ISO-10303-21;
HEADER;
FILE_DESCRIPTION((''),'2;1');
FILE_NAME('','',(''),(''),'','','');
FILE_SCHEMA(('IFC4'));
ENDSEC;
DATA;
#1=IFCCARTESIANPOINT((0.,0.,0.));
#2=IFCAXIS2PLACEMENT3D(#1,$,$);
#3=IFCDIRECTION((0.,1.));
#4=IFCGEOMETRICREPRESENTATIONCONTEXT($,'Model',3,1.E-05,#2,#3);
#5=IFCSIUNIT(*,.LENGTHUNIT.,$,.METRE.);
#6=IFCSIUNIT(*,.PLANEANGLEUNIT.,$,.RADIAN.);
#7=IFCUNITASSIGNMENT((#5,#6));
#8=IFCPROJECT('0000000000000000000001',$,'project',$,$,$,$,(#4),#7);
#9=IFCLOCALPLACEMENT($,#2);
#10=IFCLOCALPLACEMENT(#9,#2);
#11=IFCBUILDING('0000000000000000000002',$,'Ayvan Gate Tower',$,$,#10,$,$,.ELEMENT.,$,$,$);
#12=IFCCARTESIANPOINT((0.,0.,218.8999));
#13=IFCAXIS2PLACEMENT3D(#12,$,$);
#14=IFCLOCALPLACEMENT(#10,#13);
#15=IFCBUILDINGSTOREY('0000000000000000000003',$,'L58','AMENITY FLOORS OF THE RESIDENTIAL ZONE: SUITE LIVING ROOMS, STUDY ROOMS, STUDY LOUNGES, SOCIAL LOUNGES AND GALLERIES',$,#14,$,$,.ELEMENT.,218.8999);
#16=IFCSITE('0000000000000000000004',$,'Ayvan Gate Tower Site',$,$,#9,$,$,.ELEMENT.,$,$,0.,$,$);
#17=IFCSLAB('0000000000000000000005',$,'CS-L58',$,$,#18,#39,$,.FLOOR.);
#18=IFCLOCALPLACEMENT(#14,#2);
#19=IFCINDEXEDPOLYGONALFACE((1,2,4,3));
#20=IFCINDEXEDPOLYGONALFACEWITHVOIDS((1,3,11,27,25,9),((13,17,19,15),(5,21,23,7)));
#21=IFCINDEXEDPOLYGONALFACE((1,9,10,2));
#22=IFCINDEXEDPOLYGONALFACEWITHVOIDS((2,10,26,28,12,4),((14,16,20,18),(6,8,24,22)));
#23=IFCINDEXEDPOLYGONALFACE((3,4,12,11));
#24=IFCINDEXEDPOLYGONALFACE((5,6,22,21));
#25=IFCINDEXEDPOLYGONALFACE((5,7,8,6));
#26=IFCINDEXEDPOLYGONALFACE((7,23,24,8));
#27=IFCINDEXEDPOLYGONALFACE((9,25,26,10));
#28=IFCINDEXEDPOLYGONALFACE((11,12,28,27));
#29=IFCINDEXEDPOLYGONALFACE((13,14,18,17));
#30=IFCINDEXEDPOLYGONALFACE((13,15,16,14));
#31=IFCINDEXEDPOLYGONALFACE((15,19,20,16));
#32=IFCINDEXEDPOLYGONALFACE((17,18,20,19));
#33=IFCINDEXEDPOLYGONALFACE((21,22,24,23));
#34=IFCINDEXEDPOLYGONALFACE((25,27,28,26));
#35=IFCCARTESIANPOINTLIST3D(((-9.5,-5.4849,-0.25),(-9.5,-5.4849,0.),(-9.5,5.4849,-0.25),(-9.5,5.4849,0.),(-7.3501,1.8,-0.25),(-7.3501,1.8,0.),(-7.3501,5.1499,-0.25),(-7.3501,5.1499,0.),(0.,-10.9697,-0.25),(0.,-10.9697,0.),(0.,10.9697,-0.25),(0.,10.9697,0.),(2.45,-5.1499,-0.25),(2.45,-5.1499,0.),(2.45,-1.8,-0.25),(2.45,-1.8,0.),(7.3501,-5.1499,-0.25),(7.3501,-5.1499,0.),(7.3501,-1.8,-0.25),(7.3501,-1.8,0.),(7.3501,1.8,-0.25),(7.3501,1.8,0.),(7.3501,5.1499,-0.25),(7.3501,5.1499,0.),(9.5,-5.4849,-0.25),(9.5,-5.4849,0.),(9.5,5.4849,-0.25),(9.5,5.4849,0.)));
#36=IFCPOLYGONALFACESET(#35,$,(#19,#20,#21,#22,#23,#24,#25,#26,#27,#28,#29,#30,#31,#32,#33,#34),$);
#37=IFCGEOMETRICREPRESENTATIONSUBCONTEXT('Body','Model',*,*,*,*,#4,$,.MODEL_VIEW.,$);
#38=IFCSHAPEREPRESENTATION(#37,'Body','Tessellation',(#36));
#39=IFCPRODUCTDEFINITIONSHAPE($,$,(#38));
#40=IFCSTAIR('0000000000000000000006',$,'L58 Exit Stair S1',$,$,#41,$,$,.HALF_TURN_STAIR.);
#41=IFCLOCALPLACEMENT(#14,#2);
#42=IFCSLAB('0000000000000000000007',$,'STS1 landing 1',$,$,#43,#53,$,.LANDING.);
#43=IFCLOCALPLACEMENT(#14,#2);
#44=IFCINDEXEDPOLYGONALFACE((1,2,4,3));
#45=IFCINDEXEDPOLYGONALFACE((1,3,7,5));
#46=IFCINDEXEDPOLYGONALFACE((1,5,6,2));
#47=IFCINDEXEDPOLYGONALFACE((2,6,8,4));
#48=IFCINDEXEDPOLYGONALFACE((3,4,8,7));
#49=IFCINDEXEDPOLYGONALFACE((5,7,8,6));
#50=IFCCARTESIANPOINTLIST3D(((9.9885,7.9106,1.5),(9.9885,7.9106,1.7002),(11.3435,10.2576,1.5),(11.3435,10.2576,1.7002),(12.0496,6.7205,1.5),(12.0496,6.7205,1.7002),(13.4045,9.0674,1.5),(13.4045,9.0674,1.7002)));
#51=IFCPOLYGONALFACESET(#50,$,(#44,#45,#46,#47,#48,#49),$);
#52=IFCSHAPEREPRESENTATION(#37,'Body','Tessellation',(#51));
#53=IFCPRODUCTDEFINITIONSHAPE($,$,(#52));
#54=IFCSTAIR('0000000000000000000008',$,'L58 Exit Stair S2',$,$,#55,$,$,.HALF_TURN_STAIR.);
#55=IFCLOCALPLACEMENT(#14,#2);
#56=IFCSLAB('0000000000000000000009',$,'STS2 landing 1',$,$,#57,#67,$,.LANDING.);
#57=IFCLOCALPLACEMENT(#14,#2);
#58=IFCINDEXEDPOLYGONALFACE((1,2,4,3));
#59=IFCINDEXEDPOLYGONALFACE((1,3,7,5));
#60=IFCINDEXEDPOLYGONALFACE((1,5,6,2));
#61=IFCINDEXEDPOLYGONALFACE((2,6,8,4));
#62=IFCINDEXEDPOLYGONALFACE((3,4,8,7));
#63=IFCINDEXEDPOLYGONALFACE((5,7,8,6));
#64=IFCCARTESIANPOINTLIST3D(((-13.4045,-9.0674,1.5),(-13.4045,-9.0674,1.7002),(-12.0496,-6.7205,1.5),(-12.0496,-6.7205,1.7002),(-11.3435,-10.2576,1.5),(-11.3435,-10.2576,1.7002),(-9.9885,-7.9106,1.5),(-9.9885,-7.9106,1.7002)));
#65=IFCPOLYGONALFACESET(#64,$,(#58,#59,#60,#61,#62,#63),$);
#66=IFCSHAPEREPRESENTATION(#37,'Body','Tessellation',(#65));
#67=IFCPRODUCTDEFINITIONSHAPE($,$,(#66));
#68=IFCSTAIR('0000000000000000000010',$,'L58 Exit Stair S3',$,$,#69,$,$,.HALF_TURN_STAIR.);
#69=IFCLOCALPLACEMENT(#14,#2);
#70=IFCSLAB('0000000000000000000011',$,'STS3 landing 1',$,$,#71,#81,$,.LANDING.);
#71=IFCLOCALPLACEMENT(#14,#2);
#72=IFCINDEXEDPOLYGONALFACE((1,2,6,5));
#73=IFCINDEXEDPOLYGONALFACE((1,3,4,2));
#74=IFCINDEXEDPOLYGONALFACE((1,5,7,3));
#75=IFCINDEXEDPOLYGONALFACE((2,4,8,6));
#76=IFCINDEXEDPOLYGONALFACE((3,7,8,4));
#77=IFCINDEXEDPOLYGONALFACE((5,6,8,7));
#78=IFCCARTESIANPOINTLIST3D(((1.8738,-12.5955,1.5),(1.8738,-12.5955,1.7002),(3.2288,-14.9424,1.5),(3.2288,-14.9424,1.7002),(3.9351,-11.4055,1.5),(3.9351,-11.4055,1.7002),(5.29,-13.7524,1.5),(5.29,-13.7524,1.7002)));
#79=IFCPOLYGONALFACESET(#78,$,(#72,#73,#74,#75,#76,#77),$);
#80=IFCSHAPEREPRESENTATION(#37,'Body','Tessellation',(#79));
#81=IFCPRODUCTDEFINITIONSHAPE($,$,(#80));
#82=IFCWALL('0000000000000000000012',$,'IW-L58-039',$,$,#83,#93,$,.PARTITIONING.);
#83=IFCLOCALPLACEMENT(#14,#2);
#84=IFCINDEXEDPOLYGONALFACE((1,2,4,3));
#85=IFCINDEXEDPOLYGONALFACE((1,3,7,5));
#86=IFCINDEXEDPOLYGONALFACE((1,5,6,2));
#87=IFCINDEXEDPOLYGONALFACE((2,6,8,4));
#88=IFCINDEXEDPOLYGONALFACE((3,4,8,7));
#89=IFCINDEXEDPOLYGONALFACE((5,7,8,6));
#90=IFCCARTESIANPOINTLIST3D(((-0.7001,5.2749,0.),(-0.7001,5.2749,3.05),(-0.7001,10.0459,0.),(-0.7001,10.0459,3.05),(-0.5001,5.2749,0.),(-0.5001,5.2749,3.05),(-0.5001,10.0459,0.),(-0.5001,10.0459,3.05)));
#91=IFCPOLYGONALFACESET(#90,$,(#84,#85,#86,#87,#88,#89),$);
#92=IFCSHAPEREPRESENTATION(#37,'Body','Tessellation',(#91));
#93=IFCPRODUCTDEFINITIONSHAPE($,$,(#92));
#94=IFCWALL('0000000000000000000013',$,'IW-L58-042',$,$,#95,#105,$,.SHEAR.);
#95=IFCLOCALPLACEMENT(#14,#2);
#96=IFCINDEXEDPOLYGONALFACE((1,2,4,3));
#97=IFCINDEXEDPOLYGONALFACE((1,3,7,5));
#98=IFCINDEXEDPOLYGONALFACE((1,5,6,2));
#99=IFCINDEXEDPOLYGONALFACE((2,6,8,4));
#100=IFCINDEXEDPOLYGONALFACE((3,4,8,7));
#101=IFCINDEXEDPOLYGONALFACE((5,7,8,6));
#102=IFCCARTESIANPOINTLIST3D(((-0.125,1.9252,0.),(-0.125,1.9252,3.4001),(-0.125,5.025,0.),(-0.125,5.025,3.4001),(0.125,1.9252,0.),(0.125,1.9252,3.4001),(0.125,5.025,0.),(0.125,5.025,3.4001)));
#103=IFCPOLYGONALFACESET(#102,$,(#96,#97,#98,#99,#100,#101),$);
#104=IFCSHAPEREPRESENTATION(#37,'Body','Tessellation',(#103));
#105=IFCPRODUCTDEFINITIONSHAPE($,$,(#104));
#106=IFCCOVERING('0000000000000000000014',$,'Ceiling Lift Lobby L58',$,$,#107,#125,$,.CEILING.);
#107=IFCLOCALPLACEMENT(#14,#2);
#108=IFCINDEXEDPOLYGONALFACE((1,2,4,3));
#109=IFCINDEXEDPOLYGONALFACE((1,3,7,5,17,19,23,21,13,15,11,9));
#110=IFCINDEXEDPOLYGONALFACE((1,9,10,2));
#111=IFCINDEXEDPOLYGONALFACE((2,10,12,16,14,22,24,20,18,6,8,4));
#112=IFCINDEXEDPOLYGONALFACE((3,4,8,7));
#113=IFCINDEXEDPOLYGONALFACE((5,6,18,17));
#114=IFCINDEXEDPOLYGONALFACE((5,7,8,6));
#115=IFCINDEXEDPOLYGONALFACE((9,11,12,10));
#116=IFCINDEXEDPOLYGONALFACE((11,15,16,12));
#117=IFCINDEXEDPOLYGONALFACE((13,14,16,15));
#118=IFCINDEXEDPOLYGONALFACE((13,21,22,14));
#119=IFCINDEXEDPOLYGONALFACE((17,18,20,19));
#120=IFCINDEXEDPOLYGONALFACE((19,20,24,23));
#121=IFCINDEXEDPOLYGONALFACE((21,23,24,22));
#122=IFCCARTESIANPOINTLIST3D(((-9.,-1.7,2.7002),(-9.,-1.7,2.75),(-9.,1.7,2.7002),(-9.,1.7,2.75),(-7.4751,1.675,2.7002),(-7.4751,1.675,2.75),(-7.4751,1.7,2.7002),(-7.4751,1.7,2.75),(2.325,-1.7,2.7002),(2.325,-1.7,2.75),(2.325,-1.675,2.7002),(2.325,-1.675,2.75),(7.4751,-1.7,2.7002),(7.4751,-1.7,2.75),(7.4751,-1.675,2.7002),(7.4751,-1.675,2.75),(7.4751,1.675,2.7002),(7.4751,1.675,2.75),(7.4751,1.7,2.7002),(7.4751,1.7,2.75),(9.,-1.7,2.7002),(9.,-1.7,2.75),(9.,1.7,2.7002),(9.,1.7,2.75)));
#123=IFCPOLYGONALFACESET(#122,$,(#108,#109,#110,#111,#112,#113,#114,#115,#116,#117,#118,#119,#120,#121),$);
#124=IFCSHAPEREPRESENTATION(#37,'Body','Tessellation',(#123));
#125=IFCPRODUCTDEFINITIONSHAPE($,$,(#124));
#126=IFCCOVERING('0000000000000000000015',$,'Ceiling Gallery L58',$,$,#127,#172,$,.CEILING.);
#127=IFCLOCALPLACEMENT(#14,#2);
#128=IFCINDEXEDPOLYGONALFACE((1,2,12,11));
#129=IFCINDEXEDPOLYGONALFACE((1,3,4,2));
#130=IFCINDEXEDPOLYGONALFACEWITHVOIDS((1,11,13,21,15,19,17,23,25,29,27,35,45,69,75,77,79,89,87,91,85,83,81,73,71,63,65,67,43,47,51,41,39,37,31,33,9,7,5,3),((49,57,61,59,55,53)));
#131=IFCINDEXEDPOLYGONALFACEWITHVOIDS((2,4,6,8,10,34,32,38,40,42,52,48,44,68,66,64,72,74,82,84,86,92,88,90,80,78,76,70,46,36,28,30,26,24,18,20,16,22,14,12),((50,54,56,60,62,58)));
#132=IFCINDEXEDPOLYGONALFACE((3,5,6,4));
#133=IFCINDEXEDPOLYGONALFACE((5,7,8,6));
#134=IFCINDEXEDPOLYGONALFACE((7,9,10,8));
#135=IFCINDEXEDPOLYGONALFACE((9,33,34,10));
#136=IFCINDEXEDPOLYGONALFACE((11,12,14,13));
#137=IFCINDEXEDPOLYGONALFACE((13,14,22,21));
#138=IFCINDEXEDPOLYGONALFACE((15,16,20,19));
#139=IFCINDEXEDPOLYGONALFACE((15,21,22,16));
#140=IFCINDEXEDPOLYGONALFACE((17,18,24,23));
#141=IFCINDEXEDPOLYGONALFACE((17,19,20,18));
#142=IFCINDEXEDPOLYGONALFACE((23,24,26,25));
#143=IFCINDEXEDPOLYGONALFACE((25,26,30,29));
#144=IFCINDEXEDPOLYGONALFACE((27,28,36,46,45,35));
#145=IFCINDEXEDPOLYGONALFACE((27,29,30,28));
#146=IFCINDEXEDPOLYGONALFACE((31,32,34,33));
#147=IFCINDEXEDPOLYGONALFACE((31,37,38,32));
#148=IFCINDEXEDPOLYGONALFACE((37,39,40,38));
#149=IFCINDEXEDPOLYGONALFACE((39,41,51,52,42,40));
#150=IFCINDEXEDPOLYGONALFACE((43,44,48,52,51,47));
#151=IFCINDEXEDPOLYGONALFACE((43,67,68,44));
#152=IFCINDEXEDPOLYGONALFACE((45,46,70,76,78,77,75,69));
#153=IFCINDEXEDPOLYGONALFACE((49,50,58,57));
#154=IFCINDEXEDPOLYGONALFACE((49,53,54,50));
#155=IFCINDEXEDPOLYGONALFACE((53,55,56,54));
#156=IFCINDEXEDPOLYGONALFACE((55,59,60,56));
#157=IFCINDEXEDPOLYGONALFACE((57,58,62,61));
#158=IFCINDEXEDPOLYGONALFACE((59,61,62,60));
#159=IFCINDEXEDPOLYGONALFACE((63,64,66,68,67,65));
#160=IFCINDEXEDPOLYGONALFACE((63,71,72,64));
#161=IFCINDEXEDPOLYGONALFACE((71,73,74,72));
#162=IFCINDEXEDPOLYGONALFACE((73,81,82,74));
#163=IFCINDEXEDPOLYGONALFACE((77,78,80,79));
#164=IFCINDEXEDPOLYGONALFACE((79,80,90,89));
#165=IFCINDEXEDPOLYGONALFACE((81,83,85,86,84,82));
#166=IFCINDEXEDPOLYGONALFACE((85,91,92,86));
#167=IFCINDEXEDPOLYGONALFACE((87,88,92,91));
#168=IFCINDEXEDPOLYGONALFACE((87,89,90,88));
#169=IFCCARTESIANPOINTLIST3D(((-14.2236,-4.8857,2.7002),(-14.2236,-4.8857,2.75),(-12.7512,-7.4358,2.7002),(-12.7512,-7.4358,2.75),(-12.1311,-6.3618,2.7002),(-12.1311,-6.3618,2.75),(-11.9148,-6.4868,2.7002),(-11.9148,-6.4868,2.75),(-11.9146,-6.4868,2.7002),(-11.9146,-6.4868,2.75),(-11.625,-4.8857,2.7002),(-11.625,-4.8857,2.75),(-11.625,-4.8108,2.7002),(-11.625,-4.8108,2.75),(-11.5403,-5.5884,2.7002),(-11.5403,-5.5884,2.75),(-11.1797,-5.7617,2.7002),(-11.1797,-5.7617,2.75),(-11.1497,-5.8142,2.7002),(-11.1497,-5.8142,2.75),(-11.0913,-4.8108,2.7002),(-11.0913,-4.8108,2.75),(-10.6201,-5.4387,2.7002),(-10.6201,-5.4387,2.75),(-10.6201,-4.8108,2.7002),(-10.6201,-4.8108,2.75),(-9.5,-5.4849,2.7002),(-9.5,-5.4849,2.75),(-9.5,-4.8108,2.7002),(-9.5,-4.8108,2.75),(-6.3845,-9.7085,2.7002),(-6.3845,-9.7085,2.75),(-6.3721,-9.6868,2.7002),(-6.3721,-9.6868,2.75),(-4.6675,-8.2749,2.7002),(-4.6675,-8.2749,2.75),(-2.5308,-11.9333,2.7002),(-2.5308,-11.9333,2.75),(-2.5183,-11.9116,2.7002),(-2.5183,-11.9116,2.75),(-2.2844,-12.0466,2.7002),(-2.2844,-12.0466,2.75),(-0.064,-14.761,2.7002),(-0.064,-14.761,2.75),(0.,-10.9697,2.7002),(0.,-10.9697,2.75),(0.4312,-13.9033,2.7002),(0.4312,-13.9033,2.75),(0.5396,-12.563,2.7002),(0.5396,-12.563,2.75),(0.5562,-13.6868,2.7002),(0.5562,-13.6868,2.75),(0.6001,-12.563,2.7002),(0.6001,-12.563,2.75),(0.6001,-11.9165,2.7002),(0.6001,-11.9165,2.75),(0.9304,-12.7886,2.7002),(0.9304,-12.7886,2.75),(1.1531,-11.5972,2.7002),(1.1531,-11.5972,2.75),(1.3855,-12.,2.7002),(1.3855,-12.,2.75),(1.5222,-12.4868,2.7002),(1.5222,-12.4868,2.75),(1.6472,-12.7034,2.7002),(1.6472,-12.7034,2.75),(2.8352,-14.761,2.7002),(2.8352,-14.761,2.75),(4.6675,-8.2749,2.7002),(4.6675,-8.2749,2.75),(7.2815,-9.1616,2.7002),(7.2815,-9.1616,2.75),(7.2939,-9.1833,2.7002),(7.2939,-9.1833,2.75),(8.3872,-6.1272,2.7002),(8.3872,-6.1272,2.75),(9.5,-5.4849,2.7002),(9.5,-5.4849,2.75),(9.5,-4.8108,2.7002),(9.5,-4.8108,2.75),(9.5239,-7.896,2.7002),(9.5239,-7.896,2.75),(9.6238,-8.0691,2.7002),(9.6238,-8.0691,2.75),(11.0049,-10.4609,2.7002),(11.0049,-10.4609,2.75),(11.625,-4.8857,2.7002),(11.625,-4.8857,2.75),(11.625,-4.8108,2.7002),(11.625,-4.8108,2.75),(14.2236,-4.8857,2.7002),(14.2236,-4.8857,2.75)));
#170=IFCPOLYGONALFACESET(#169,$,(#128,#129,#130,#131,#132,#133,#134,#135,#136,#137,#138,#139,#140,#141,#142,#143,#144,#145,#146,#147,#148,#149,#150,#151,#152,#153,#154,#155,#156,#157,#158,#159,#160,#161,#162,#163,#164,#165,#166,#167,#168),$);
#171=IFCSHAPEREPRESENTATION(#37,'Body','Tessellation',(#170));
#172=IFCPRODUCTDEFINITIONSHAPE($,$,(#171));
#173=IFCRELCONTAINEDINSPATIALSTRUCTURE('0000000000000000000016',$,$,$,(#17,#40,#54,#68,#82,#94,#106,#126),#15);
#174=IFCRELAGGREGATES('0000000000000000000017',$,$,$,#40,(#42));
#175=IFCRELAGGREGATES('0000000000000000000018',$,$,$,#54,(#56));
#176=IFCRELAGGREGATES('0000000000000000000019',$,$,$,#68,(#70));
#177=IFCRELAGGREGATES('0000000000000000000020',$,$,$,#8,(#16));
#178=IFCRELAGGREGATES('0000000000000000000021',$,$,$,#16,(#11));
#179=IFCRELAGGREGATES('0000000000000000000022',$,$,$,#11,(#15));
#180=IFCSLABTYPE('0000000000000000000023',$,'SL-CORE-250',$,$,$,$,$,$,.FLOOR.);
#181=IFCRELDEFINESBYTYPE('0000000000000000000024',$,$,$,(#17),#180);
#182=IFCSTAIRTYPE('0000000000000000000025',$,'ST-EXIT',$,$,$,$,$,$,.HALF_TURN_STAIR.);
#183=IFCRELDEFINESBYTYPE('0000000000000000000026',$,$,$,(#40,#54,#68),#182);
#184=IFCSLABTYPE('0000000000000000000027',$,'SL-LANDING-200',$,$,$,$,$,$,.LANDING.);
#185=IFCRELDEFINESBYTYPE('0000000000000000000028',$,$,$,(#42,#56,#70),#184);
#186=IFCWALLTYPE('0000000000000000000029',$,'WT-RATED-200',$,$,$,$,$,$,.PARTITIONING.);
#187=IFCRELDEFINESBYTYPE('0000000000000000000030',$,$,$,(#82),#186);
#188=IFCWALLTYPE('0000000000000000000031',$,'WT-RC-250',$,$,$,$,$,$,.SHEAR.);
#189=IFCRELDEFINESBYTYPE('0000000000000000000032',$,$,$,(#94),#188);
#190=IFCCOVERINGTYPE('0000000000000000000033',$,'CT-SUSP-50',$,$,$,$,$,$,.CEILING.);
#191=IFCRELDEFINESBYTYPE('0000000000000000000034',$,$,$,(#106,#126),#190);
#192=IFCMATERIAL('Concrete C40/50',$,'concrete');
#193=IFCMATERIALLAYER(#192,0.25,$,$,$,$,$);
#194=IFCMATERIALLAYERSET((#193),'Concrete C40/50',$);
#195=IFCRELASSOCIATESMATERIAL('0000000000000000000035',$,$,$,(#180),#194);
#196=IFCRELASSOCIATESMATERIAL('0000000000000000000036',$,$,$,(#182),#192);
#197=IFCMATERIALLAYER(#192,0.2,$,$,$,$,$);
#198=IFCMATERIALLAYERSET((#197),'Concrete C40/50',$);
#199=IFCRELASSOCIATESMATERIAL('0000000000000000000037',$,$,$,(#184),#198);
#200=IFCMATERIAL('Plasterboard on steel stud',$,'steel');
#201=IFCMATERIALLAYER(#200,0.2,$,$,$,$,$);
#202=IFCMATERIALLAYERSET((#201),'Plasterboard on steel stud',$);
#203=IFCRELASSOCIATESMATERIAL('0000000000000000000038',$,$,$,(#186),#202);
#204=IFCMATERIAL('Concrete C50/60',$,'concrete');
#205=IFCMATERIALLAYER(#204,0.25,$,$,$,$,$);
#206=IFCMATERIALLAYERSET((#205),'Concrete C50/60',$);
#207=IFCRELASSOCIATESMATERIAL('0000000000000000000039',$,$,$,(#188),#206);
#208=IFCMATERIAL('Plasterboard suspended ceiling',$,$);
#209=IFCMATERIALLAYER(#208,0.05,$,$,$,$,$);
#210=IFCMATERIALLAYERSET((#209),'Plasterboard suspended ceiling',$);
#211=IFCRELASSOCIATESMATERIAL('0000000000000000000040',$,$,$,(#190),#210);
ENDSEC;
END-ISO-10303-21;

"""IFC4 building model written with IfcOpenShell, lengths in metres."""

from ifc_helpers import new_model, si_unit, direction, frame, frame_2d, origin, place, context, subcontext, project, spatial, polyline, rectangle, outline, extrude, material, layer, layer_set, type_object, element, aggregate, save


model = new_model("IFC4")

# Units and contexts
model_context = context("Model", 3, precision=1e-05, world=origin(), true_north=direction((0.0, 1.0)))
body_context = subcontext(model_context, "Body", "Model", "MODEL_VIEW")
ifc_project = project(units=[si_unit("LENGTHUNIT", "METRE"), si_unit("PLANEANGLEUNIT", "RADIAN")], contexts=[model_context])

# Site, building, storey
site_placement = place(None, origin())
site = spatial("IfcSite", under=ifc_project, at=site_placement, Name="Ayvan Gate Tower Site", CompositionType="ELEMENT", RefElevation=0.0)
building_placement = place(site_placement, origin())
building = spatial("IfcBuilding", under=site, at=building_placement, Name="Ayvan Gate Tower", CompositionType="ELEMENT")
storey_placement = place(building_placement, frame((0.0, 0.0, 218.8999)))
storey = spatial("IfcBuildingStorey", under=building, at=storey_placement, Name="L58", Description="AMENITY FLOORS OF THE RESIDENTIAL ZONE: SUITE LIVING ROOMS, STUDY ROOMS, STUDY LOUNGES, SOCIAL LOUNGES AND GALLERIES", CompositionType="ELEMENT", Elevation=218.8999)

# Slab
ifc_material_1 = material(Name="Concrete C40/50", Category="concrete")
ifc_layer_1 = layer(ifc_material_1, 0.25)
ifc_layer_set_1 = layer_set([ifc_layer_1], Name="Concrete C40/50")
slab_type_1 = type_object("IfcSlabType", Name="SL-CORE-250", PredefinedType="FLOOR", material=ifc_layer_set_1)
slab_1_placement = place(storey_placement, frame((0.0, 0.0, -0.25)))
element("IfcSlab", 1, at=slab_1_placement, inside=storey, type_object=slab_type_1, Name="CS-L58", PredefinedType="FLOOR", context=body_context, shape_type="SweptSolid", body=[
    extrude(outline(polyline([(9.5, -5.4849), (0.0, -10.9697), (-9.5, -5.4849), (-9.5, 5.4849), (0.0, 10.9697), (9.5, 5.4849), (9.5, -5.4849)]), holes=[polyline([(-7.3501, 5.1499), (-7.3501, 1.8), (7.3501, 1.8), (7.3501, 5.1499), (-7.3501, 5.1499)]), polyline([(2.45, -1.8), (2.45, -5.1499), (7.3501, -5.1499), (7.3501, -1.8), (2.45, -1.8)])]), origin(), (0.0, 0.0, 1.0), 0.25),
])

# Stairs, slabs
stair_type = type_object("IfcStairType", Name="ST-EXIT", PredefinedType="HALF_TURN_STAIR", material=ifc_material_1)
stair_1_placement = place(storey_placement, origin())
stair_1 = element("IfcStair", 2, at=stair_1_placement, inside=storey, type_object=stair_type, Name="L58 Exit Stair S1", PredefinedType="HALF_TURN_STAIR")
ifc_layer_2 = layer(ifc_material_1, 0.2)
ifc_layer_set_2 = layer_set([ifc_layer_2], Name="Concrete C40/50")
slab_type_2 = type_object("IfcSlabType", Name="SL-LANDING-200", PredefinedType="LANDING", material=ifc_layer_set_2)
slab_2_placement = place(storey_placement, frame((0.0, 0.0, 1.5)))
slab_2 = element("IfcSlab", 3, at=slab_2_placement, type_object=slab_type_2, Name="STS1 landing 1", PredefinedType="LANDING", context=body_context, shape_type="SweptSolid", body=[
    extrude(outline(polyline([(9.9885, 7.9106), (12.0496, 6.7205), (13.4045, 9.0674), (11.3435, 10.2576), (9.9885, 7.9106)])), origin(), (0.0, 0.0, 1.0), 0.2002),
])
aggregate(stair_1, [slab_2])
stair_2_placement = place(storey_placement, origin())
stair_2 = element("IfcStair", 4, at=stair_2_placement, inside=storey, type_object=stair_type, Name="L58 Exit Stair S2", PredefinedType="HALF_TURN_STAIR")
slab_3_placement = place(storey_placement, frame((0.0, 0.0, 1.5)))
slab_3 = element("IfcSlab", 5, at=slab_3_placement, type_object=slab_type_2, Name="STS2 landing 1", PredefinedType="LANDING", context=body_context, shape_type="SweptSolid", body=[
    extrude(outline(polyline([(-9.9885, -7.9106), (-12.0496, -6.7205), (-13.4045, -9.0674), (-11.3435, -10.2576), (-9.9885, -7.9106)])), origin(), (0.0, 0.0, 1.0), 0.2002),
])
aggregate(stair_2, [slab_3])
stair_3_placement = place(storey_placement, origin())
stair_3 = element("IfcStair", 6, at=stair_3_placement, inside=storey, type_object=stair_type, Name="L58 Exit Stair S3", PredefinedType="HALF_TURN_STAIR")
slab_4_placement = place(storey_placement, frame((0.0, 0.0, 1.5)))
slab_4 = element("IfcSlab", 7, at=slab_4_placement, type_object=slab_type_2, Name="STS3 landing 1", PredefinedType="LANDING", context=body_context, shape_type="SweptSolid", body=[
    extrude(outline(polyline([(3.9351, -11.4055), (1.8738, -12.5955), (3.2288, -14.9424), (5.29, -13.7524), (3.9351, -11.4055)])), origin(), (0.0, 0.0, 1.0), 0.2002),
])
aggregate(stair_3, [slab_4])

# Walls
ifc_material_2 = material(Name="Plasterboard on steel stud", Category="steel")
ifc_layer_3 = layer(ifc_material_2, 0.2)
ifc_layer_set_3 = layer_set([ifc_layer_3], Name="Plasterboard on steel stud")
wall_type_1 = type_object("IfcWallType", Name="WT-RATED-200", PredefinedType="PARTITIONING", material=ifc_layer_set_3)
wall_1_placement = place(storey_placement, frame((-0.6001, 10.0459, 0.0), z_axis=(0.0, 0.0, 1.0), x_axis=(0.0, -1.0, 0.0)))
element("IfcWall", 8, at=wall_1_placement, inside=storey, type_object=wall_type_1, Name="IW-L58-039", PredefinedType="PARTITIONING", context=body_context, shape_type="SweptSolid", body=[
    extrude(rectangle(XDim=4.771, YDim=0.2, at=frame_2d((2.3855, 0.0))), origin(), (0.0, 0.0, 1.0), 3.05),
])
ifc_material_3 = material(Name="Concrete C50/60", Category="concrete")
ifc_layer_4 = layer(ifc_material_3, 0.25)
ifc_layer_set_4 = layer_set([ifc_layer_4], Name="Concrete C50/60")
wall_type_2 = type_object("IfcWallType", Name="WT-RC-250", PredefinedType="SHEAR", material=ifc_layer_set_4)
wall_2_placement = place(storey_placement, frame((0.0, 5.0249, 0.0), z_axis=(0.0, 0.0, 1.0), x_axis=(0.0, -1.0, 0.0)))
element("IfcWall", 9, at=wall_2_placement, inside=storey, type_object=wall_type_2, Name="IW-L58-042", PredefinedType="SHEAR", context=body_context, shape_type="SweptSolid", body=[
    extrude(rectangle(XDim=3.0999, YDim=0.25, at=frame_2d((1.5498, 0.0))), origin(), (0.0, 0.0, 1.0), 3.4001),
])

# Coverings
ifc_material_4 = material(Name="Plasterboard suspended ceiling")
ifc_layer_5 = layer(ifc_material_4, 0.05)
ifc_layer_set_5 = layer_set([ifc_layer_5], Name="Plasterboard suspended ceiling")
covering_type = type_object("IfcCoveringType", Name="CT-SUSP-50", PredefinedType="CEILING", material=ifc_layer_set_5)
covering_1_placement = place(storey_placement, frame((0.0, 0.0, 2.7002)))
element("IfcCovering", 10, at=covering_1_placement, inside=storey, type_object=covering_type, Name="Ceiling Lift Lobby L58", PredefinedType="CEILING", context=body_context, shape_type="SweptSolid", body=[
    extrude(outline(polyline([(7.4751, -1.675), (2.325, -1.675), (2.325, -1.7), (-9.0, -1.7), (-9.0, 1.7), (-7.4751, 1.7), (-7.4751, 1.675), (7.4751, 1.675), (7.4751, 1.7), (9.0, 1.7), (9.0, -1.7), (7.4751, -1.7), (7.4751, -1.675)])), origin(), (0.0, 0.0, 1.0), 0.0498),
])
covering_2_placement = place(storey_placement, frame((0.0, 0.0, 2.7002)))
element("IfcCovering", 11, at=covering_2_placement, inside=storey, type_object=covering_type, Name="Ceiling Gallery L58", PredefinedType="CEILING", context=body_context, shape_type="SweptSolid", body=[
    extrude(outline(polyline([(-11.9148, -6.4868), (-12.1311, -6.3618), (-12.7512, -7.4358), (-14.2236, -4.8857), (-11.625, -4.8857), (-11.625, -4.8108), (-11.0913, -4.8108), (-11.5403, -5.5884), (-11.1497, -5.8142), (-11.1797, -5.7617), (-10.6201, -5.4387), (-10.6201, -4.8108), (-9.5, -4.8108), (-9.5, -5.4849), (-4.6675, -8.2749), (0.0, -10.9697), (4.6675, -8.2749), (8.3872, -6.1272), (9.5, -5.4849), (9.5, -4.8108), (11.625, -4.8108), (11.625, -4.8857), (14.2236, -4.8857), (11.0049, -10.4609), (9.6238, -8.0691), (9.5239, -7.896), (7.2939, -9.1833), (7.2815, -9.1616), (1.5222, -12.4868), (1.6472, -12.7034), (2.8352, -14.761), (-0.064, -14.761), (0.4312, -13.9033), (0.5562, -13.6868), (-2.2844, -12.0466), (-2.5183, -11.9116), (-2.5308, -11.9333), (-6.3845, -9.7085), (-6.3721, -9.6868), (-11.9146, -6.4868), (-11.9148, -6.4868)]), holes=[polyline([(0.5396, -12.563), (0.9304, -12.7886), (1.3855, -12.0), (1.1531, -11.5972), (0.6001, -11.9165), (0.6001, -12.563), (0.5396, -12.563)])]), origin(), (0.0, 0.0, 1.0), 0.0498),
])

save(model, "model.ifc")
